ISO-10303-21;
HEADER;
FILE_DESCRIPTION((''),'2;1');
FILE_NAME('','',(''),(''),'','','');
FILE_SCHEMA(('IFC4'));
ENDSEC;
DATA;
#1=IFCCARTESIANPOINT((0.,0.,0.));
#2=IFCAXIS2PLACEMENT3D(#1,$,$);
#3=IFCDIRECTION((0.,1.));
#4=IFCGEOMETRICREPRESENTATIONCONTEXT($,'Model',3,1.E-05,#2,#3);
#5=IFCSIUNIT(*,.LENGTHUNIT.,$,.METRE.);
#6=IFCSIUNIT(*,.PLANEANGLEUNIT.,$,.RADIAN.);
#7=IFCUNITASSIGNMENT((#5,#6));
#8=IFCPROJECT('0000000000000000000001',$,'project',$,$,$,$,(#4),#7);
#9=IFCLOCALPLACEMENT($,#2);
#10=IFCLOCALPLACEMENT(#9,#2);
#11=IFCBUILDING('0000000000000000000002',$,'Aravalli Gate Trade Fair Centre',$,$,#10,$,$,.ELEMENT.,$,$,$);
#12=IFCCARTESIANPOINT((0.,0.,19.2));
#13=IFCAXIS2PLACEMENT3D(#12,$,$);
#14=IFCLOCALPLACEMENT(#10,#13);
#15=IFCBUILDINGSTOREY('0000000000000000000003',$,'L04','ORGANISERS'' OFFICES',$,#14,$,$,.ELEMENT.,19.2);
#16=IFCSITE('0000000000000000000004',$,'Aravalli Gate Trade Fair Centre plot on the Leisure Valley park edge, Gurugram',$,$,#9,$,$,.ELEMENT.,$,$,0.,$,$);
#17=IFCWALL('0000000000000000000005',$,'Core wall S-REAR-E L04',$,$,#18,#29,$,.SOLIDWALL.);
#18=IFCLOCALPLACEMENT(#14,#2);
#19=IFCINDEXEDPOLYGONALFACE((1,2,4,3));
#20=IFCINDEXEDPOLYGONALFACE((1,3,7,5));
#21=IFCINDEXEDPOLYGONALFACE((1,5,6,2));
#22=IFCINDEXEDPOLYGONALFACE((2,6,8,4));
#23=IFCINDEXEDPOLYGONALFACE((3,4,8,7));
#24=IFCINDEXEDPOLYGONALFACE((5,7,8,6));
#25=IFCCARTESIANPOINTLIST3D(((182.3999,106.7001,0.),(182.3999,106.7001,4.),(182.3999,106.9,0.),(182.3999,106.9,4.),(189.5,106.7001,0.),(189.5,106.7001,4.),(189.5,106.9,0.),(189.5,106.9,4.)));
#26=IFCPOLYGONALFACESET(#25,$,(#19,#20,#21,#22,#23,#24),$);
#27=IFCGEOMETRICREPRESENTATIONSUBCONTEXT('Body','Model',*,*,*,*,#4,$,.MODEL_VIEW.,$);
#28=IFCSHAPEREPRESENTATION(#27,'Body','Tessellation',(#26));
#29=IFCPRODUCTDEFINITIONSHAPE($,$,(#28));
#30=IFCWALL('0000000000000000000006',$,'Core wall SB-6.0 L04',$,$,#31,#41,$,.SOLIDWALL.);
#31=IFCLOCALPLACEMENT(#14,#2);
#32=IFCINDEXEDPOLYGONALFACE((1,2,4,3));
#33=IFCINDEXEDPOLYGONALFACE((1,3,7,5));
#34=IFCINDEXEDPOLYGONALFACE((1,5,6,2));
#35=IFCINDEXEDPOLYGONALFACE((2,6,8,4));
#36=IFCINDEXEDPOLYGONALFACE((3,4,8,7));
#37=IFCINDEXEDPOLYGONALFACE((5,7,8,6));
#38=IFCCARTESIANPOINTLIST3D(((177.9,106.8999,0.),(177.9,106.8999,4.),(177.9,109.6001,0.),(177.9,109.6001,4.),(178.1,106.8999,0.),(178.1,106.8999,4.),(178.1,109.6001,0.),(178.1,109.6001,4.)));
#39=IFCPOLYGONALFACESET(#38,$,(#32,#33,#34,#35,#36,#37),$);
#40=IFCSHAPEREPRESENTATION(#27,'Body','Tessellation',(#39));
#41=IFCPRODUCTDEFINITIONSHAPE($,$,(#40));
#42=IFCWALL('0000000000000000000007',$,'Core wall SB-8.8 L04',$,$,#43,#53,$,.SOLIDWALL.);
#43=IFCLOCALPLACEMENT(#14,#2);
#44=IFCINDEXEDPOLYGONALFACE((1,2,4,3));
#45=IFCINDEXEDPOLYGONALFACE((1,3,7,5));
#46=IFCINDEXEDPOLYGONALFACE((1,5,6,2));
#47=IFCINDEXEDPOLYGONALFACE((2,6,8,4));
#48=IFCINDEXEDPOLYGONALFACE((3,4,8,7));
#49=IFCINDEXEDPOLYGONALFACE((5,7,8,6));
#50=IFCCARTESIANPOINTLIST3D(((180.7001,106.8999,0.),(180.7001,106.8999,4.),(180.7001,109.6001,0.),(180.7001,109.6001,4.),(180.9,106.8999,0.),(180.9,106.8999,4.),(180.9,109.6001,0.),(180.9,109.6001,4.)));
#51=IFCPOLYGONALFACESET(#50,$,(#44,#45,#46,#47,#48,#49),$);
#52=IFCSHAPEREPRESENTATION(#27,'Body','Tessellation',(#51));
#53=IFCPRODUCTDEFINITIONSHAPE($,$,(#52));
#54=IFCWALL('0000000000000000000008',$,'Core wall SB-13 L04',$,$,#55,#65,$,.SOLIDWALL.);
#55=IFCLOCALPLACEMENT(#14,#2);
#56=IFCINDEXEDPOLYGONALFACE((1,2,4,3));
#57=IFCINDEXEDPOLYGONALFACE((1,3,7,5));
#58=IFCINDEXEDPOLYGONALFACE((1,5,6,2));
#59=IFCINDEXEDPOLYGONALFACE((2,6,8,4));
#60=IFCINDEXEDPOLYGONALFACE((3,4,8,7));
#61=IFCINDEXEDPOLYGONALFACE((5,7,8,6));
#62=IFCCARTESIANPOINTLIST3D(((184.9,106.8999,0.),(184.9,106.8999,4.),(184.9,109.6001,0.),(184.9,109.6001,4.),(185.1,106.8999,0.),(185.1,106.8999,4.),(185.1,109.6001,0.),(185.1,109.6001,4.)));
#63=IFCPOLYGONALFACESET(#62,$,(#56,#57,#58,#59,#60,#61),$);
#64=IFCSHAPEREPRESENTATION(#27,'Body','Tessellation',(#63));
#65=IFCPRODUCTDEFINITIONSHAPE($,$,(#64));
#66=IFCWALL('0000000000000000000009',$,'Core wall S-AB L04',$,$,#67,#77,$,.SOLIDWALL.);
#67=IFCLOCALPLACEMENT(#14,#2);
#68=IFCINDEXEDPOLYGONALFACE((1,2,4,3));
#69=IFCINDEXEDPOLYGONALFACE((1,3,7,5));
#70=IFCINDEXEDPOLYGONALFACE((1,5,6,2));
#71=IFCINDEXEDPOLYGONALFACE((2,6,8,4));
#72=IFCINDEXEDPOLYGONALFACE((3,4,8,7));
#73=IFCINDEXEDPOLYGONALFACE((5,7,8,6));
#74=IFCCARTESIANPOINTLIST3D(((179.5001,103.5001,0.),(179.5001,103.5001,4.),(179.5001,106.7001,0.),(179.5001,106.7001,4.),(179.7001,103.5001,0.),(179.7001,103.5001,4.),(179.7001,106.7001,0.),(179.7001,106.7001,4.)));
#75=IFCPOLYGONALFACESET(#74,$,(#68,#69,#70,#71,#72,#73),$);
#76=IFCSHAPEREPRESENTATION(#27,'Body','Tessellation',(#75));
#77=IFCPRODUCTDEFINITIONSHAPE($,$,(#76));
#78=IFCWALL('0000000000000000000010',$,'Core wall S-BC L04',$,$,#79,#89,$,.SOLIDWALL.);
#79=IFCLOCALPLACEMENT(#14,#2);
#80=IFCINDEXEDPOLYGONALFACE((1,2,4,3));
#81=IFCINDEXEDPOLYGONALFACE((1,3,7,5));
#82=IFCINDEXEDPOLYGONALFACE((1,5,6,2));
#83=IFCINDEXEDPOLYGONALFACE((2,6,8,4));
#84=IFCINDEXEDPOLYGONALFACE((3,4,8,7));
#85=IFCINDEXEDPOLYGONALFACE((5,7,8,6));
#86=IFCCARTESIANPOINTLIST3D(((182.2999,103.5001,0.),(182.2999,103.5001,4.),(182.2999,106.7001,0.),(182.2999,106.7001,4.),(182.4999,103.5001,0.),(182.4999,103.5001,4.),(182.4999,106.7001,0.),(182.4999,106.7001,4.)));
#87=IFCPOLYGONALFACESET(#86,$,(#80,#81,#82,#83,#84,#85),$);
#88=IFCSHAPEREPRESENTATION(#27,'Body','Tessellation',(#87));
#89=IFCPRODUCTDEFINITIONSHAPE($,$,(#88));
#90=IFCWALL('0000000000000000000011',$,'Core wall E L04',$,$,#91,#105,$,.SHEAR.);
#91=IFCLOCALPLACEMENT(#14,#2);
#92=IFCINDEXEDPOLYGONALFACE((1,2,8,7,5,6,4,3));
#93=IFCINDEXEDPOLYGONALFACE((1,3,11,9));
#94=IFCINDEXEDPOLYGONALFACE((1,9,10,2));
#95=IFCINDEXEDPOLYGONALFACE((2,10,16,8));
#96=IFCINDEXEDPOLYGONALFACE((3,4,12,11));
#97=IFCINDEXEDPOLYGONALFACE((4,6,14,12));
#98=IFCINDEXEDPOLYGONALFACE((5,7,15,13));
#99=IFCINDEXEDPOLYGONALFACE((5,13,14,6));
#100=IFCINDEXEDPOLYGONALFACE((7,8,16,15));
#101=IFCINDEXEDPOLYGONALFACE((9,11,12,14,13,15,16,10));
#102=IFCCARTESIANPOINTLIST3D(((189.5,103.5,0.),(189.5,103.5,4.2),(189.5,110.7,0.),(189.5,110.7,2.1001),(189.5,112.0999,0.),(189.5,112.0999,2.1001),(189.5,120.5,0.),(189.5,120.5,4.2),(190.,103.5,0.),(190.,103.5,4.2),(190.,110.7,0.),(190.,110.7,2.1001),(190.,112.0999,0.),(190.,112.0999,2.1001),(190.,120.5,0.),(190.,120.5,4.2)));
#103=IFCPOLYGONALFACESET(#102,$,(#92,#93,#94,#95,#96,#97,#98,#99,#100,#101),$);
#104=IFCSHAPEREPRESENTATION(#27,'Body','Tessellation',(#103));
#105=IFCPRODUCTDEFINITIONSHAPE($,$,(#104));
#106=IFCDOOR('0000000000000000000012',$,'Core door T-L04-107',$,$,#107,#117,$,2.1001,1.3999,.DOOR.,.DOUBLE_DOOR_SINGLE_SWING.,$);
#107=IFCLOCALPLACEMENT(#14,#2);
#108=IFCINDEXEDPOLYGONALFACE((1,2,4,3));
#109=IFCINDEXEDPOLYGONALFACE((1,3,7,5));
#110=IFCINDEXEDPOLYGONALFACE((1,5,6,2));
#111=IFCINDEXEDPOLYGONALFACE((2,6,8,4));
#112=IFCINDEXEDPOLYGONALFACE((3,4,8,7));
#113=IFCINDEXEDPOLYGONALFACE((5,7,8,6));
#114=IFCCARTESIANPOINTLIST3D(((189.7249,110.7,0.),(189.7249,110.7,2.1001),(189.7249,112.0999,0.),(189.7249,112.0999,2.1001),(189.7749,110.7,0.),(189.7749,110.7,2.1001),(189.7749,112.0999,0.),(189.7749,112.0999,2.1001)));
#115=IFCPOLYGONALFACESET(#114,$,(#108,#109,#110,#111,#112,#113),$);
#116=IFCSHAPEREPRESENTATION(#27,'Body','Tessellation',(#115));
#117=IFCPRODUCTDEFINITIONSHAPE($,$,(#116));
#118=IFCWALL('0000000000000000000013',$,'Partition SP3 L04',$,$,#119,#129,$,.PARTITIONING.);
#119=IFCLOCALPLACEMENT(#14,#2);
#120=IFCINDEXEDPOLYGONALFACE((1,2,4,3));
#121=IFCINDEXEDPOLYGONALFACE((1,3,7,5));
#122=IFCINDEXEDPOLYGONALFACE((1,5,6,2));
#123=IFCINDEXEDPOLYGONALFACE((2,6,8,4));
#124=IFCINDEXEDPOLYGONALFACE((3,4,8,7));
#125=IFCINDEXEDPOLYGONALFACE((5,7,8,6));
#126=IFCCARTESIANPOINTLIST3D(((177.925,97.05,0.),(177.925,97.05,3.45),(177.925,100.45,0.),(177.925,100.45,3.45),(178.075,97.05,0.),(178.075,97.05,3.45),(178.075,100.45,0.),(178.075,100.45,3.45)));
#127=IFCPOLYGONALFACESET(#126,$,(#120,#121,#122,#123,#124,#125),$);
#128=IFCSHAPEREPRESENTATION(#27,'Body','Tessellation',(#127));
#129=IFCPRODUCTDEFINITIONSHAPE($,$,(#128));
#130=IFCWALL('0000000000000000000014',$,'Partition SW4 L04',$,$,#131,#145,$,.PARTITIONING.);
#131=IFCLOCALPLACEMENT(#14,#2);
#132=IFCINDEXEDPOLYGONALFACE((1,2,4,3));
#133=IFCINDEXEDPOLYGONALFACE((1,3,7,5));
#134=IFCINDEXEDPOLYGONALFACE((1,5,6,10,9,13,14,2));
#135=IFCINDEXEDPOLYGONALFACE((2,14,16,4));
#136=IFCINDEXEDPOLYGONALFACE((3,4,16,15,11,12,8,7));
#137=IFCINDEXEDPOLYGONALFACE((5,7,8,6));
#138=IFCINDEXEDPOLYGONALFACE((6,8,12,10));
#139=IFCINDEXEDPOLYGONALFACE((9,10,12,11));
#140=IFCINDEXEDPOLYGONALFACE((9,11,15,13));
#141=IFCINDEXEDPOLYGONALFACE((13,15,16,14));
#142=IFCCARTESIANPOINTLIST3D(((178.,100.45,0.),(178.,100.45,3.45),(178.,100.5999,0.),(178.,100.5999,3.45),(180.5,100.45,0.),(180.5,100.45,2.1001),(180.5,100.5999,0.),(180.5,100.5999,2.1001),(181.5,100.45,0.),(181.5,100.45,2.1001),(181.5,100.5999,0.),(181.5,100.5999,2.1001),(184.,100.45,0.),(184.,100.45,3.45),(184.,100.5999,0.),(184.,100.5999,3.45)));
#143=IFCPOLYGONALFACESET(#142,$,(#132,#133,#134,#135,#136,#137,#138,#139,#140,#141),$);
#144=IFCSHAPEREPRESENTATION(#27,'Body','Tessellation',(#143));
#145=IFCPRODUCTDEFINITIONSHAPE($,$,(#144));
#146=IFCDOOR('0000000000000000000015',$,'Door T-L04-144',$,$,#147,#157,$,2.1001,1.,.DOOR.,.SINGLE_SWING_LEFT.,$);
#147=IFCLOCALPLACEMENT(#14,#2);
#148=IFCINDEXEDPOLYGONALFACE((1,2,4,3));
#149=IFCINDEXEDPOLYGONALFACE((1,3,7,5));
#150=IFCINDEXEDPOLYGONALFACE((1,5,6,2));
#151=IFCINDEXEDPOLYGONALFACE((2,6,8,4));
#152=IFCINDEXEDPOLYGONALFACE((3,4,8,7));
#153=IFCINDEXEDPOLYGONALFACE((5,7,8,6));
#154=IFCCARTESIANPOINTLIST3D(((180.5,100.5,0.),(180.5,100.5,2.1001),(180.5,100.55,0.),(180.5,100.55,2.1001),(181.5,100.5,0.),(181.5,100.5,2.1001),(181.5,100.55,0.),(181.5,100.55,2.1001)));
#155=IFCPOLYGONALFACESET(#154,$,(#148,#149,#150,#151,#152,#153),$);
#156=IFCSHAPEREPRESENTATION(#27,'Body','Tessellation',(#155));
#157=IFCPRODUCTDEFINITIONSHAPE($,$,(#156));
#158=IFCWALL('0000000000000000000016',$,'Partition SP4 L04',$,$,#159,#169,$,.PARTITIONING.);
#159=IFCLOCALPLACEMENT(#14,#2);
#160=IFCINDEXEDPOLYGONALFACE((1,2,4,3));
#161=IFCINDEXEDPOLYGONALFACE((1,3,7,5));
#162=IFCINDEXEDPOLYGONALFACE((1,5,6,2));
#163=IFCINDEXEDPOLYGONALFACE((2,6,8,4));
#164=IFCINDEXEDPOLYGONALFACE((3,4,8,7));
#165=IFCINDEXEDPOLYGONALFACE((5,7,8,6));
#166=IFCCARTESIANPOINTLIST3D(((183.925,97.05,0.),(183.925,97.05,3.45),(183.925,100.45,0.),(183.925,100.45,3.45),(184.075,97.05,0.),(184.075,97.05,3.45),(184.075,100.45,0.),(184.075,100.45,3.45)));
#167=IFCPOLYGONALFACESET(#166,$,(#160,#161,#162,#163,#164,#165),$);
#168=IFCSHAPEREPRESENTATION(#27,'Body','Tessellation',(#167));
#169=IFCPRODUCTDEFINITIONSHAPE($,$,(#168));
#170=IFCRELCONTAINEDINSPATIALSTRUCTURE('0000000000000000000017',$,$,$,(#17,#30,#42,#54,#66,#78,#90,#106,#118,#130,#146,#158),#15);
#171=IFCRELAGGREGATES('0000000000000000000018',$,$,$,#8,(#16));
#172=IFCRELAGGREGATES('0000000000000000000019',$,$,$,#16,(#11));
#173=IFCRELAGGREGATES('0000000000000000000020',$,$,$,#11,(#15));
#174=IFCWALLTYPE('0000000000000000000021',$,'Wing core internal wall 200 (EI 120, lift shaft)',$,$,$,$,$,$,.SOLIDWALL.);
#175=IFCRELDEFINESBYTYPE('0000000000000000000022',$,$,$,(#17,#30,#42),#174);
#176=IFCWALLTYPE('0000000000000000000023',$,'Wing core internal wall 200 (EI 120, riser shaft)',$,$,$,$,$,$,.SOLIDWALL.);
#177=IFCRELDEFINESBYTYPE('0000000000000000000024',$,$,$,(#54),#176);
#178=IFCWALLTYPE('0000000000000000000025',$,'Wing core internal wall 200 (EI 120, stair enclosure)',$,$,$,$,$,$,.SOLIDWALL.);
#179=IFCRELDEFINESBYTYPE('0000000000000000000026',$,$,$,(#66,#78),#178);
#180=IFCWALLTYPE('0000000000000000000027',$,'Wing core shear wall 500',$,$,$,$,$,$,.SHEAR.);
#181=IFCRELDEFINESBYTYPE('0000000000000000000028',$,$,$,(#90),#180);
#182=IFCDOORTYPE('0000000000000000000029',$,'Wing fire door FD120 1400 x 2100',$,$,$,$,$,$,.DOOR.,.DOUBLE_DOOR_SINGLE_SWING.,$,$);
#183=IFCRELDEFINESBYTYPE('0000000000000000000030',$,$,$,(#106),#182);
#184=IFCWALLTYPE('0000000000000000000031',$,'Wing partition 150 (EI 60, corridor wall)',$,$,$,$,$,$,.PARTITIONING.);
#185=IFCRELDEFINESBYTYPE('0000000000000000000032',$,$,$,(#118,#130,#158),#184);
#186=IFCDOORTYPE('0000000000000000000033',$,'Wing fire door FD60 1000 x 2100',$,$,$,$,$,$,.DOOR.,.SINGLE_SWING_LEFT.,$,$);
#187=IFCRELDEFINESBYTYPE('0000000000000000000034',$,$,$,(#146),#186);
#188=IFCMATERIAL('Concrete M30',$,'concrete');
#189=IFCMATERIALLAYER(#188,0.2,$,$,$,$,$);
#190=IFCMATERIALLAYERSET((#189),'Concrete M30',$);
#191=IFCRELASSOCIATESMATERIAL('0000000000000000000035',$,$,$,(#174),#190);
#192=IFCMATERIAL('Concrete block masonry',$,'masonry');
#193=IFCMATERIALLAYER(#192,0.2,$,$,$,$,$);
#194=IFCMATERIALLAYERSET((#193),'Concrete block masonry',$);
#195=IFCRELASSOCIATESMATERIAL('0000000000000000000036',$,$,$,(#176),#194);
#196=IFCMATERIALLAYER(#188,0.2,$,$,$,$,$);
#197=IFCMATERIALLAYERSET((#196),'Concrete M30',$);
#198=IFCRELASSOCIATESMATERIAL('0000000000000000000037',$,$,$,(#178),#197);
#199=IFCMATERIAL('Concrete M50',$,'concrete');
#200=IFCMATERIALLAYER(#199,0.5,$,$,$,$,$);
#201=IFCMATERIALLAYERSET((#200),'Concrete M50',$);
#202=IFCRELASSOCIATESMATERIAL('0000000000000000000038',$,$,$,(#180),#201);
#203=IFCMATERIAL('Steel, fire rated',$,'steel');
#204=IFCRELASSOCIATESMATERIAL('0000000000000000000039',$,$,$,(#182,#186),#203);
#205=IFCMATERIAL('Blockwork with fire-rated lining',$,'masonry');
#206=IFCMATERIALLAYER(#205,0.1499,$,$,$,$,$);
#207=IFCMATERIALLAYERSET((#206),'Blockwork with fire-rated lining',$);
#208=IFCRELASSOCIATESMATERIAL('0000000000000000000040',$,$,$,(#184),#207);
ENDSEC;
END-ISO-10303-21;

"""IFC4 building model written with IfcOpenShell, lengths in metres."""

from ifc_helpers import new_model, si_unit, direction, frame, frame_2d, origin, place, context, subcontext, project, spatial, rectangle, extrude, material, layer, layer_set, type_object, element, fill, save


model = new_model("IFC4")

# Units and contexts
model_context = context("Model", 3, precision=1e-05, world=origin(), true_north=direction((0.0, 1.0)))
body_context = subcontext(model_context, "Body", "Model", "MODEL_VIEW")
ifc_project = project(units=[si_unit("LENGTHUNIT", "METRE"), si_unit("PLANEANGLEUNIT", "RADIAN")], contexts=[model_context])

# Site, building, storey
site_placement = place(None, origin())
site = spatial("IfcSite", under=ifc_project, at=site_placement, Name="Aravalli Gate Trade Fair Centre plot on the Leisure Valley park edge, Gurugram", CompositionType="ELEMENT", RefElevation=0.0)
building_placement = place(site_placement, origin())
building = spatial("IfcBuilding", under=site, at=building_placement, Name="Aravalli Gate Trade Fair Centre", CompositionType="ELEMENT")
storey_placement = place(building_placement, frame((0.0, 0.0, 19.2)))
storey = spatial("IfcBuildingStorey", under=building, at=storey_placement, Name="L04", Description="ORGANISERS' OFFICES", CompositionType="ELEMENT", Elevation=19.2)

# Walls
ifc_material_1 = material(Name="Concrete M30", Category="concrete")
ifc_layer_1 = layer(ifc_material_1, 0.2)
ifc_layer_set_1 = layer_set([ifc_layer_1], Name="Concrete M30")
wall_type_1 = type_object("IfcWallType", Name="Wing core internal wall 200 (EI 120, lift shaft)", PredefinedType="SOLIDWALL", material=ifc_layer_set_1)
wall_1_placement = place(storey_placement, frame((182.3999, 106.8, 0.0), z_axis=(0.0, 0.0, 1.0), x_axis=(1.0, 0.0, 0.0)))
element("IfcWall", 1, at=wall_1_placement, inside=storey, type_object=wall_type_1, Name="Core wall S-REAR-E L04", PredefinedType="SOLIDWALL", context=body_context, shape_type="SweptSolid", body=[
    extrude(rectangle(XDim=7.1001, YDim=0.2, at=frame_2d((3.55, 0.0))), origin(), (0.0, 0.0, 1.0), 4.0),
])
for number, where, z_axis, x_axis, name in (
    (2, (178.0, 106.8999, 0.0), (0.0, 0.0, 1.0), (0.0, 1.0, 0.0), "Core wall SB-6.0 L04"),
    (3, (180.8, 106.8999, 0.0), (0.0, 0.0, 1.0), (0.0, 1.0, 0.0), "Core wall SB-8.8 L04"),
):
    element("IfcWall", number, at=place(storey_placement, frame(where, z_axis=z_axis, x_axis=x_axis)), inside=storey, type_object=wall_type_1, Name=name, PredefinedType="SOLIDWALL", context=body_context, shape_type="SweptSolid", body=[
        extrude(rectangle(XDim=2.7002, YDim=0.2, at=frame_2d((1.3501, 0.0))), origin(), (0.0, 0.0, 1.0), 4.0),
    ])
ifc_material_2 = material(Name="Concrete block masonry", Category="masonry")
ifc_layer_2 = layer(ifc_material_2, 0.2)
ifc_layer_set_2 = layer_set([ifc_layer_2], Name="Concrete block masonry")
wall_type_2 = type_object("IfcWallType", Name="Wing core internal wall 200 (EI 120, riser shaft)", PredefinedType="SOLIDWALL", material=ifc_layer_set_2)
wall_2_placement = place(storey_placement, frame((185.0, 106.8999, 0.0), z_axis=(0.0, 0.0, 1.0), x_axis=(0.0, 1.0, 0.0)))
element("IfcWall", 4, at=wall_2_placement, inside=storey, type_object=wall_type_2, Name="Core wall SB-13 L04", PredefinedType="SOLIDWALL", context=body_context, shape_type="SweptSolid", body=[
    extrude(rectangle(XDim=2.7002, YDim=0.2, at=frame_2d((1.3501, 0.0))), origin(), (0.0, 0.0, 1.0), 4.0),
])
ifc_layer_3 = layer(ifc_material_1, 0.2)
ifc_layer_set_3 = layer_set([ifc_layer_3], Name="Concrete M30")
wall_type_3 = type_object("IfcWallType", Name="Wing core internal wall 200 (EI 120, stair enclosure)", PredefinedType="SOLIDWALL", material=ifc_layer_set_3)
for number, where, z_axis, x_axis, name in (
    (5, (179.6001, 103.5, 0.0), (0.0, 0.0, 1.0), (0.0, 1.0, 0.0), "Core wall S-AB L04"),
    (6, (182.3999, 103.5, 0.0), (0.0, 0.0, 1.0), (0.0, 1.0, 0.0), "Core wall S-BC L04"),
):
    element("IfcWall", number, at=place(storey_placement, frame(where, z_axis=z_axis, x_axis=x_axis)), inside=storey, type_object=wall_type_3, Name=name, PredefinedType="SOLIDWALL", context=body_context, shape_type="SweptSolid", body=[
        extrude(rectangle(XDim=3.2, YDim=0.2, at=frame_2d((1.6001, 0.0))), origin(), (0.0, 0.0, 1.0), 4.0),
    ])

# Wall, opening, door
ifc_material_3 = material(Name="Concrete M50", Category="concrete")
ifc_layer_4 = layer(ifc_material_3, 0.5)
ifc_layer_set_4 = layer_set([ifc_layer_4], Name="Concrete M50")
wall_type_4 = type_object("IfcWallType", Name="Wing core shear wall 500", PredefinedType="SHEAR", material=ifc_layer_set_4)
wall_3_placement = place(storey_placement, frame((189.75, 103.5, 0.0), z_axis=(0.0, 0.0, 1.0), x_axis=(0.0, 1.0, 0.0)))
wall_3 = element("IfcWall", 7, at=wall_3_placement, inside=storey, type_object=wall_type_4, Name="Core wall E L04", PredefinedType="SHEAR", context=body_context, shape_type="SweptSolid", body=[
    extrude(rectangle(XDim=17.0, YDim=0.5, at=frame_2d((8.5, 0.0))), origin(), (0.0, 0.0, 1.0), 4.2),
])
opening_1_placement = place(wall_3_placement, frame((7.2, 0.0, 0.0)))
opening_1 = element("IfcOpeningElement", 8, at=opening_1_placement, cuts=wall_3, PredefinedType="OPENING", context=body_context, shape_type="SweptSolid", body=[
    extrude(rectangle(XDim=1.3999, YDim=2.1001, at=frame_2d((0.7, 1.05))), frame((0.0, 0.26, 0.0), z_axis=(0.0, -1.0, 0.0), x_axis=(1.0, 0.0, 0.0)), (0.0, 0.0, 1.0), 0.52),
])
ifc_material_4 = material(Name="Steel, fire rated", Category="steel")
door_type_1 = type_object("IfcDoorType", Name="Wing fire door FD120 1400 x 2100", OperationType="DOUBLE_DOOR_SINGLE_SWING", PredefinedType="DOOR", material=ifc_material_4)
door_1_placement = place(opening_1_placement, frame((1.3999, 0.0, 0.0), z_axis=(0.0, 0.0, 1.0), x_axis=(-1.0, 0.0, 0.0)))
door_1 = element("IfcDoor", 9, at=door_1_placement, inside=storey, type_object=door_type_1, Name="Core door T-L04-107", OperationType="DOUBLE_DOOR_SINGLE_SWING", OverallHeight=2.1001, OverallWidth=1.3999, PredefinedType="DOOR", context=body_context, shape_type="SweptSolid", body=[
    extrude(rectangle(XDim=1.3999, YDim=2.1001, at=frame_2d((0.7, 1.05))), frame((0.0, 0.0249, 0.0), z_axis=(0.0, -1.0, 0.0), x_axis=(1.0, 0.0, 0.0)), (0.0, 0.0, 1.0), 0.05),
])
fill(opening_1, door_1)

# Wall
ifc_material_5 = material(Name="Blockwork with fire-rated lining", Category="masonry")
ifc_layer_5 = layer(ifc_material_5, 0.1499)
ifc_layer_set_5 = layer_set([ifc_layer_5], Name="Blockwork with fire-rated lining")
wall_type_5 = type_object("IfcWallType", Name="Wing partition 150 (EI 60, corridor wall)", PredefinedType="PARTITIONING", material=ifc_layer_set_5)
wall_4_placement = place(storey_placement, frame((178.0, 97.05, 0.0), z_axis=(0.0, 0.0, 1.0), x_axis=(0.0, 1.0, 0.0)))
element("IfcWall", 10, at=wall_4_placement, inside=storey, type_object=wall_type_5, Name="Partition SP3 L04", PredefinedType="PARTITIONING", context=body_context, shape_type="SweptSolid", body=[
    extrude(rectangle(XDim=3.3999, YDim=0.1499, at=frame_2d((1.7, 0.0))), origin(), (0.0, 0.0, 1.0), 3.45),
])

# Wall, opening, door
wall_5_placement = place(storey_placement, frame((178.0, 100.5249, 0.0), z_axis=(0.0, 0.0, 1.0), x_axis=(1.0, 0.0, 0.0)))
wall_5 = element("IfcWall", 11, at=wall_5_placement, inside=storey, type_object=wall_type_5, Name="Partition SW4 L04", PredefinedType="PARTITIONING", context=body_context, shape_type="SweptSolid", body=[
    extrude(rectangle(XDim=6.0, YDim=0.1499, at=frame_2d((3.0, 0.0))), origin(), (0.0, 0.0, 1.0), 3.45),
])
opening_2_placement = place(wall_5_placement, frame((2.5, 0.0, 0.0)))
opening_2 = element("IfcOpeningElement", 12, at=opening_2_placement, cuts=wall_5, PredefinedType="OPENING", context=body_context, shape_type="SweptSolid", body=[
    extrude(rectangle(XDim=1.0, YDim=2.1001, at=frame_2d((0.5, 1.05))), frame((0.0, 0.085, 0.0), z_axis=(0.0, -1.0, 0.0), x_axis=(1.0, 0.0, 0.0)), (0.0, 0.0, 1.0), 0.1699),
])
door_type_2 = type_object("IfcDoorType", Name="Wing fire door FD60 1000 x 2100", OperationType="SINGLE_SWING_LEFT", PredefinedType="DOOR", material=ifc_material_4)
door_2_placement = place(opening_2_placement, frame((1.0, 0.0, 0.0), z_axis=(0.0, 0.0, 1.0), x_axis=(-1.0, 0.0, 0.0)))
door_2 = element("IfcDoor", 13, at=door_2_placement, inside=storey, type_object=door_type_2, Name="Door T-L04-144", OperationType="SINGLE_SWING_LEFT", OverallHeight=2.1001, OverallWidth=1.0, PredefinedType="DOOR", context=body_context, shape_type="SweptSolid", body=[
    extrude(rectangle(XDim=1.0, YDim=2.1001, at=frame_2d((0.5, 1.05))), frame((0.0, 0.0249, 0.0), z_axis=(0.0, -1.0, 0.0), x_axis=(1.0, 0.0, 0.0)), (0.0, 0.0, 1.0), 0.05),
])
fill(opening_2, door_2)

# Wall
wall_6_placement = place(storey_placement, frame((184.0, 97.05, 0.0), z_axis=(0.0, 0.0, 1.0), x_axis=(0.0, 1.0, 0.0)))
element("IfcWall", 14, at=wall_6_placement, inside=storey, type_object=wall_type_5, Name="Partition SP4 L04", PredefinedType="PARTITIONING", context=body_context, shape_type="SweptSolid", body=[
    extrude(rectangle(XDim=3.3999, YDim=0.1499, at=frame_2d((1.7, 0.0))), origin(), (0.0, 0.0, 1.0), 3.45),
])

save(model, "model.ifc")
